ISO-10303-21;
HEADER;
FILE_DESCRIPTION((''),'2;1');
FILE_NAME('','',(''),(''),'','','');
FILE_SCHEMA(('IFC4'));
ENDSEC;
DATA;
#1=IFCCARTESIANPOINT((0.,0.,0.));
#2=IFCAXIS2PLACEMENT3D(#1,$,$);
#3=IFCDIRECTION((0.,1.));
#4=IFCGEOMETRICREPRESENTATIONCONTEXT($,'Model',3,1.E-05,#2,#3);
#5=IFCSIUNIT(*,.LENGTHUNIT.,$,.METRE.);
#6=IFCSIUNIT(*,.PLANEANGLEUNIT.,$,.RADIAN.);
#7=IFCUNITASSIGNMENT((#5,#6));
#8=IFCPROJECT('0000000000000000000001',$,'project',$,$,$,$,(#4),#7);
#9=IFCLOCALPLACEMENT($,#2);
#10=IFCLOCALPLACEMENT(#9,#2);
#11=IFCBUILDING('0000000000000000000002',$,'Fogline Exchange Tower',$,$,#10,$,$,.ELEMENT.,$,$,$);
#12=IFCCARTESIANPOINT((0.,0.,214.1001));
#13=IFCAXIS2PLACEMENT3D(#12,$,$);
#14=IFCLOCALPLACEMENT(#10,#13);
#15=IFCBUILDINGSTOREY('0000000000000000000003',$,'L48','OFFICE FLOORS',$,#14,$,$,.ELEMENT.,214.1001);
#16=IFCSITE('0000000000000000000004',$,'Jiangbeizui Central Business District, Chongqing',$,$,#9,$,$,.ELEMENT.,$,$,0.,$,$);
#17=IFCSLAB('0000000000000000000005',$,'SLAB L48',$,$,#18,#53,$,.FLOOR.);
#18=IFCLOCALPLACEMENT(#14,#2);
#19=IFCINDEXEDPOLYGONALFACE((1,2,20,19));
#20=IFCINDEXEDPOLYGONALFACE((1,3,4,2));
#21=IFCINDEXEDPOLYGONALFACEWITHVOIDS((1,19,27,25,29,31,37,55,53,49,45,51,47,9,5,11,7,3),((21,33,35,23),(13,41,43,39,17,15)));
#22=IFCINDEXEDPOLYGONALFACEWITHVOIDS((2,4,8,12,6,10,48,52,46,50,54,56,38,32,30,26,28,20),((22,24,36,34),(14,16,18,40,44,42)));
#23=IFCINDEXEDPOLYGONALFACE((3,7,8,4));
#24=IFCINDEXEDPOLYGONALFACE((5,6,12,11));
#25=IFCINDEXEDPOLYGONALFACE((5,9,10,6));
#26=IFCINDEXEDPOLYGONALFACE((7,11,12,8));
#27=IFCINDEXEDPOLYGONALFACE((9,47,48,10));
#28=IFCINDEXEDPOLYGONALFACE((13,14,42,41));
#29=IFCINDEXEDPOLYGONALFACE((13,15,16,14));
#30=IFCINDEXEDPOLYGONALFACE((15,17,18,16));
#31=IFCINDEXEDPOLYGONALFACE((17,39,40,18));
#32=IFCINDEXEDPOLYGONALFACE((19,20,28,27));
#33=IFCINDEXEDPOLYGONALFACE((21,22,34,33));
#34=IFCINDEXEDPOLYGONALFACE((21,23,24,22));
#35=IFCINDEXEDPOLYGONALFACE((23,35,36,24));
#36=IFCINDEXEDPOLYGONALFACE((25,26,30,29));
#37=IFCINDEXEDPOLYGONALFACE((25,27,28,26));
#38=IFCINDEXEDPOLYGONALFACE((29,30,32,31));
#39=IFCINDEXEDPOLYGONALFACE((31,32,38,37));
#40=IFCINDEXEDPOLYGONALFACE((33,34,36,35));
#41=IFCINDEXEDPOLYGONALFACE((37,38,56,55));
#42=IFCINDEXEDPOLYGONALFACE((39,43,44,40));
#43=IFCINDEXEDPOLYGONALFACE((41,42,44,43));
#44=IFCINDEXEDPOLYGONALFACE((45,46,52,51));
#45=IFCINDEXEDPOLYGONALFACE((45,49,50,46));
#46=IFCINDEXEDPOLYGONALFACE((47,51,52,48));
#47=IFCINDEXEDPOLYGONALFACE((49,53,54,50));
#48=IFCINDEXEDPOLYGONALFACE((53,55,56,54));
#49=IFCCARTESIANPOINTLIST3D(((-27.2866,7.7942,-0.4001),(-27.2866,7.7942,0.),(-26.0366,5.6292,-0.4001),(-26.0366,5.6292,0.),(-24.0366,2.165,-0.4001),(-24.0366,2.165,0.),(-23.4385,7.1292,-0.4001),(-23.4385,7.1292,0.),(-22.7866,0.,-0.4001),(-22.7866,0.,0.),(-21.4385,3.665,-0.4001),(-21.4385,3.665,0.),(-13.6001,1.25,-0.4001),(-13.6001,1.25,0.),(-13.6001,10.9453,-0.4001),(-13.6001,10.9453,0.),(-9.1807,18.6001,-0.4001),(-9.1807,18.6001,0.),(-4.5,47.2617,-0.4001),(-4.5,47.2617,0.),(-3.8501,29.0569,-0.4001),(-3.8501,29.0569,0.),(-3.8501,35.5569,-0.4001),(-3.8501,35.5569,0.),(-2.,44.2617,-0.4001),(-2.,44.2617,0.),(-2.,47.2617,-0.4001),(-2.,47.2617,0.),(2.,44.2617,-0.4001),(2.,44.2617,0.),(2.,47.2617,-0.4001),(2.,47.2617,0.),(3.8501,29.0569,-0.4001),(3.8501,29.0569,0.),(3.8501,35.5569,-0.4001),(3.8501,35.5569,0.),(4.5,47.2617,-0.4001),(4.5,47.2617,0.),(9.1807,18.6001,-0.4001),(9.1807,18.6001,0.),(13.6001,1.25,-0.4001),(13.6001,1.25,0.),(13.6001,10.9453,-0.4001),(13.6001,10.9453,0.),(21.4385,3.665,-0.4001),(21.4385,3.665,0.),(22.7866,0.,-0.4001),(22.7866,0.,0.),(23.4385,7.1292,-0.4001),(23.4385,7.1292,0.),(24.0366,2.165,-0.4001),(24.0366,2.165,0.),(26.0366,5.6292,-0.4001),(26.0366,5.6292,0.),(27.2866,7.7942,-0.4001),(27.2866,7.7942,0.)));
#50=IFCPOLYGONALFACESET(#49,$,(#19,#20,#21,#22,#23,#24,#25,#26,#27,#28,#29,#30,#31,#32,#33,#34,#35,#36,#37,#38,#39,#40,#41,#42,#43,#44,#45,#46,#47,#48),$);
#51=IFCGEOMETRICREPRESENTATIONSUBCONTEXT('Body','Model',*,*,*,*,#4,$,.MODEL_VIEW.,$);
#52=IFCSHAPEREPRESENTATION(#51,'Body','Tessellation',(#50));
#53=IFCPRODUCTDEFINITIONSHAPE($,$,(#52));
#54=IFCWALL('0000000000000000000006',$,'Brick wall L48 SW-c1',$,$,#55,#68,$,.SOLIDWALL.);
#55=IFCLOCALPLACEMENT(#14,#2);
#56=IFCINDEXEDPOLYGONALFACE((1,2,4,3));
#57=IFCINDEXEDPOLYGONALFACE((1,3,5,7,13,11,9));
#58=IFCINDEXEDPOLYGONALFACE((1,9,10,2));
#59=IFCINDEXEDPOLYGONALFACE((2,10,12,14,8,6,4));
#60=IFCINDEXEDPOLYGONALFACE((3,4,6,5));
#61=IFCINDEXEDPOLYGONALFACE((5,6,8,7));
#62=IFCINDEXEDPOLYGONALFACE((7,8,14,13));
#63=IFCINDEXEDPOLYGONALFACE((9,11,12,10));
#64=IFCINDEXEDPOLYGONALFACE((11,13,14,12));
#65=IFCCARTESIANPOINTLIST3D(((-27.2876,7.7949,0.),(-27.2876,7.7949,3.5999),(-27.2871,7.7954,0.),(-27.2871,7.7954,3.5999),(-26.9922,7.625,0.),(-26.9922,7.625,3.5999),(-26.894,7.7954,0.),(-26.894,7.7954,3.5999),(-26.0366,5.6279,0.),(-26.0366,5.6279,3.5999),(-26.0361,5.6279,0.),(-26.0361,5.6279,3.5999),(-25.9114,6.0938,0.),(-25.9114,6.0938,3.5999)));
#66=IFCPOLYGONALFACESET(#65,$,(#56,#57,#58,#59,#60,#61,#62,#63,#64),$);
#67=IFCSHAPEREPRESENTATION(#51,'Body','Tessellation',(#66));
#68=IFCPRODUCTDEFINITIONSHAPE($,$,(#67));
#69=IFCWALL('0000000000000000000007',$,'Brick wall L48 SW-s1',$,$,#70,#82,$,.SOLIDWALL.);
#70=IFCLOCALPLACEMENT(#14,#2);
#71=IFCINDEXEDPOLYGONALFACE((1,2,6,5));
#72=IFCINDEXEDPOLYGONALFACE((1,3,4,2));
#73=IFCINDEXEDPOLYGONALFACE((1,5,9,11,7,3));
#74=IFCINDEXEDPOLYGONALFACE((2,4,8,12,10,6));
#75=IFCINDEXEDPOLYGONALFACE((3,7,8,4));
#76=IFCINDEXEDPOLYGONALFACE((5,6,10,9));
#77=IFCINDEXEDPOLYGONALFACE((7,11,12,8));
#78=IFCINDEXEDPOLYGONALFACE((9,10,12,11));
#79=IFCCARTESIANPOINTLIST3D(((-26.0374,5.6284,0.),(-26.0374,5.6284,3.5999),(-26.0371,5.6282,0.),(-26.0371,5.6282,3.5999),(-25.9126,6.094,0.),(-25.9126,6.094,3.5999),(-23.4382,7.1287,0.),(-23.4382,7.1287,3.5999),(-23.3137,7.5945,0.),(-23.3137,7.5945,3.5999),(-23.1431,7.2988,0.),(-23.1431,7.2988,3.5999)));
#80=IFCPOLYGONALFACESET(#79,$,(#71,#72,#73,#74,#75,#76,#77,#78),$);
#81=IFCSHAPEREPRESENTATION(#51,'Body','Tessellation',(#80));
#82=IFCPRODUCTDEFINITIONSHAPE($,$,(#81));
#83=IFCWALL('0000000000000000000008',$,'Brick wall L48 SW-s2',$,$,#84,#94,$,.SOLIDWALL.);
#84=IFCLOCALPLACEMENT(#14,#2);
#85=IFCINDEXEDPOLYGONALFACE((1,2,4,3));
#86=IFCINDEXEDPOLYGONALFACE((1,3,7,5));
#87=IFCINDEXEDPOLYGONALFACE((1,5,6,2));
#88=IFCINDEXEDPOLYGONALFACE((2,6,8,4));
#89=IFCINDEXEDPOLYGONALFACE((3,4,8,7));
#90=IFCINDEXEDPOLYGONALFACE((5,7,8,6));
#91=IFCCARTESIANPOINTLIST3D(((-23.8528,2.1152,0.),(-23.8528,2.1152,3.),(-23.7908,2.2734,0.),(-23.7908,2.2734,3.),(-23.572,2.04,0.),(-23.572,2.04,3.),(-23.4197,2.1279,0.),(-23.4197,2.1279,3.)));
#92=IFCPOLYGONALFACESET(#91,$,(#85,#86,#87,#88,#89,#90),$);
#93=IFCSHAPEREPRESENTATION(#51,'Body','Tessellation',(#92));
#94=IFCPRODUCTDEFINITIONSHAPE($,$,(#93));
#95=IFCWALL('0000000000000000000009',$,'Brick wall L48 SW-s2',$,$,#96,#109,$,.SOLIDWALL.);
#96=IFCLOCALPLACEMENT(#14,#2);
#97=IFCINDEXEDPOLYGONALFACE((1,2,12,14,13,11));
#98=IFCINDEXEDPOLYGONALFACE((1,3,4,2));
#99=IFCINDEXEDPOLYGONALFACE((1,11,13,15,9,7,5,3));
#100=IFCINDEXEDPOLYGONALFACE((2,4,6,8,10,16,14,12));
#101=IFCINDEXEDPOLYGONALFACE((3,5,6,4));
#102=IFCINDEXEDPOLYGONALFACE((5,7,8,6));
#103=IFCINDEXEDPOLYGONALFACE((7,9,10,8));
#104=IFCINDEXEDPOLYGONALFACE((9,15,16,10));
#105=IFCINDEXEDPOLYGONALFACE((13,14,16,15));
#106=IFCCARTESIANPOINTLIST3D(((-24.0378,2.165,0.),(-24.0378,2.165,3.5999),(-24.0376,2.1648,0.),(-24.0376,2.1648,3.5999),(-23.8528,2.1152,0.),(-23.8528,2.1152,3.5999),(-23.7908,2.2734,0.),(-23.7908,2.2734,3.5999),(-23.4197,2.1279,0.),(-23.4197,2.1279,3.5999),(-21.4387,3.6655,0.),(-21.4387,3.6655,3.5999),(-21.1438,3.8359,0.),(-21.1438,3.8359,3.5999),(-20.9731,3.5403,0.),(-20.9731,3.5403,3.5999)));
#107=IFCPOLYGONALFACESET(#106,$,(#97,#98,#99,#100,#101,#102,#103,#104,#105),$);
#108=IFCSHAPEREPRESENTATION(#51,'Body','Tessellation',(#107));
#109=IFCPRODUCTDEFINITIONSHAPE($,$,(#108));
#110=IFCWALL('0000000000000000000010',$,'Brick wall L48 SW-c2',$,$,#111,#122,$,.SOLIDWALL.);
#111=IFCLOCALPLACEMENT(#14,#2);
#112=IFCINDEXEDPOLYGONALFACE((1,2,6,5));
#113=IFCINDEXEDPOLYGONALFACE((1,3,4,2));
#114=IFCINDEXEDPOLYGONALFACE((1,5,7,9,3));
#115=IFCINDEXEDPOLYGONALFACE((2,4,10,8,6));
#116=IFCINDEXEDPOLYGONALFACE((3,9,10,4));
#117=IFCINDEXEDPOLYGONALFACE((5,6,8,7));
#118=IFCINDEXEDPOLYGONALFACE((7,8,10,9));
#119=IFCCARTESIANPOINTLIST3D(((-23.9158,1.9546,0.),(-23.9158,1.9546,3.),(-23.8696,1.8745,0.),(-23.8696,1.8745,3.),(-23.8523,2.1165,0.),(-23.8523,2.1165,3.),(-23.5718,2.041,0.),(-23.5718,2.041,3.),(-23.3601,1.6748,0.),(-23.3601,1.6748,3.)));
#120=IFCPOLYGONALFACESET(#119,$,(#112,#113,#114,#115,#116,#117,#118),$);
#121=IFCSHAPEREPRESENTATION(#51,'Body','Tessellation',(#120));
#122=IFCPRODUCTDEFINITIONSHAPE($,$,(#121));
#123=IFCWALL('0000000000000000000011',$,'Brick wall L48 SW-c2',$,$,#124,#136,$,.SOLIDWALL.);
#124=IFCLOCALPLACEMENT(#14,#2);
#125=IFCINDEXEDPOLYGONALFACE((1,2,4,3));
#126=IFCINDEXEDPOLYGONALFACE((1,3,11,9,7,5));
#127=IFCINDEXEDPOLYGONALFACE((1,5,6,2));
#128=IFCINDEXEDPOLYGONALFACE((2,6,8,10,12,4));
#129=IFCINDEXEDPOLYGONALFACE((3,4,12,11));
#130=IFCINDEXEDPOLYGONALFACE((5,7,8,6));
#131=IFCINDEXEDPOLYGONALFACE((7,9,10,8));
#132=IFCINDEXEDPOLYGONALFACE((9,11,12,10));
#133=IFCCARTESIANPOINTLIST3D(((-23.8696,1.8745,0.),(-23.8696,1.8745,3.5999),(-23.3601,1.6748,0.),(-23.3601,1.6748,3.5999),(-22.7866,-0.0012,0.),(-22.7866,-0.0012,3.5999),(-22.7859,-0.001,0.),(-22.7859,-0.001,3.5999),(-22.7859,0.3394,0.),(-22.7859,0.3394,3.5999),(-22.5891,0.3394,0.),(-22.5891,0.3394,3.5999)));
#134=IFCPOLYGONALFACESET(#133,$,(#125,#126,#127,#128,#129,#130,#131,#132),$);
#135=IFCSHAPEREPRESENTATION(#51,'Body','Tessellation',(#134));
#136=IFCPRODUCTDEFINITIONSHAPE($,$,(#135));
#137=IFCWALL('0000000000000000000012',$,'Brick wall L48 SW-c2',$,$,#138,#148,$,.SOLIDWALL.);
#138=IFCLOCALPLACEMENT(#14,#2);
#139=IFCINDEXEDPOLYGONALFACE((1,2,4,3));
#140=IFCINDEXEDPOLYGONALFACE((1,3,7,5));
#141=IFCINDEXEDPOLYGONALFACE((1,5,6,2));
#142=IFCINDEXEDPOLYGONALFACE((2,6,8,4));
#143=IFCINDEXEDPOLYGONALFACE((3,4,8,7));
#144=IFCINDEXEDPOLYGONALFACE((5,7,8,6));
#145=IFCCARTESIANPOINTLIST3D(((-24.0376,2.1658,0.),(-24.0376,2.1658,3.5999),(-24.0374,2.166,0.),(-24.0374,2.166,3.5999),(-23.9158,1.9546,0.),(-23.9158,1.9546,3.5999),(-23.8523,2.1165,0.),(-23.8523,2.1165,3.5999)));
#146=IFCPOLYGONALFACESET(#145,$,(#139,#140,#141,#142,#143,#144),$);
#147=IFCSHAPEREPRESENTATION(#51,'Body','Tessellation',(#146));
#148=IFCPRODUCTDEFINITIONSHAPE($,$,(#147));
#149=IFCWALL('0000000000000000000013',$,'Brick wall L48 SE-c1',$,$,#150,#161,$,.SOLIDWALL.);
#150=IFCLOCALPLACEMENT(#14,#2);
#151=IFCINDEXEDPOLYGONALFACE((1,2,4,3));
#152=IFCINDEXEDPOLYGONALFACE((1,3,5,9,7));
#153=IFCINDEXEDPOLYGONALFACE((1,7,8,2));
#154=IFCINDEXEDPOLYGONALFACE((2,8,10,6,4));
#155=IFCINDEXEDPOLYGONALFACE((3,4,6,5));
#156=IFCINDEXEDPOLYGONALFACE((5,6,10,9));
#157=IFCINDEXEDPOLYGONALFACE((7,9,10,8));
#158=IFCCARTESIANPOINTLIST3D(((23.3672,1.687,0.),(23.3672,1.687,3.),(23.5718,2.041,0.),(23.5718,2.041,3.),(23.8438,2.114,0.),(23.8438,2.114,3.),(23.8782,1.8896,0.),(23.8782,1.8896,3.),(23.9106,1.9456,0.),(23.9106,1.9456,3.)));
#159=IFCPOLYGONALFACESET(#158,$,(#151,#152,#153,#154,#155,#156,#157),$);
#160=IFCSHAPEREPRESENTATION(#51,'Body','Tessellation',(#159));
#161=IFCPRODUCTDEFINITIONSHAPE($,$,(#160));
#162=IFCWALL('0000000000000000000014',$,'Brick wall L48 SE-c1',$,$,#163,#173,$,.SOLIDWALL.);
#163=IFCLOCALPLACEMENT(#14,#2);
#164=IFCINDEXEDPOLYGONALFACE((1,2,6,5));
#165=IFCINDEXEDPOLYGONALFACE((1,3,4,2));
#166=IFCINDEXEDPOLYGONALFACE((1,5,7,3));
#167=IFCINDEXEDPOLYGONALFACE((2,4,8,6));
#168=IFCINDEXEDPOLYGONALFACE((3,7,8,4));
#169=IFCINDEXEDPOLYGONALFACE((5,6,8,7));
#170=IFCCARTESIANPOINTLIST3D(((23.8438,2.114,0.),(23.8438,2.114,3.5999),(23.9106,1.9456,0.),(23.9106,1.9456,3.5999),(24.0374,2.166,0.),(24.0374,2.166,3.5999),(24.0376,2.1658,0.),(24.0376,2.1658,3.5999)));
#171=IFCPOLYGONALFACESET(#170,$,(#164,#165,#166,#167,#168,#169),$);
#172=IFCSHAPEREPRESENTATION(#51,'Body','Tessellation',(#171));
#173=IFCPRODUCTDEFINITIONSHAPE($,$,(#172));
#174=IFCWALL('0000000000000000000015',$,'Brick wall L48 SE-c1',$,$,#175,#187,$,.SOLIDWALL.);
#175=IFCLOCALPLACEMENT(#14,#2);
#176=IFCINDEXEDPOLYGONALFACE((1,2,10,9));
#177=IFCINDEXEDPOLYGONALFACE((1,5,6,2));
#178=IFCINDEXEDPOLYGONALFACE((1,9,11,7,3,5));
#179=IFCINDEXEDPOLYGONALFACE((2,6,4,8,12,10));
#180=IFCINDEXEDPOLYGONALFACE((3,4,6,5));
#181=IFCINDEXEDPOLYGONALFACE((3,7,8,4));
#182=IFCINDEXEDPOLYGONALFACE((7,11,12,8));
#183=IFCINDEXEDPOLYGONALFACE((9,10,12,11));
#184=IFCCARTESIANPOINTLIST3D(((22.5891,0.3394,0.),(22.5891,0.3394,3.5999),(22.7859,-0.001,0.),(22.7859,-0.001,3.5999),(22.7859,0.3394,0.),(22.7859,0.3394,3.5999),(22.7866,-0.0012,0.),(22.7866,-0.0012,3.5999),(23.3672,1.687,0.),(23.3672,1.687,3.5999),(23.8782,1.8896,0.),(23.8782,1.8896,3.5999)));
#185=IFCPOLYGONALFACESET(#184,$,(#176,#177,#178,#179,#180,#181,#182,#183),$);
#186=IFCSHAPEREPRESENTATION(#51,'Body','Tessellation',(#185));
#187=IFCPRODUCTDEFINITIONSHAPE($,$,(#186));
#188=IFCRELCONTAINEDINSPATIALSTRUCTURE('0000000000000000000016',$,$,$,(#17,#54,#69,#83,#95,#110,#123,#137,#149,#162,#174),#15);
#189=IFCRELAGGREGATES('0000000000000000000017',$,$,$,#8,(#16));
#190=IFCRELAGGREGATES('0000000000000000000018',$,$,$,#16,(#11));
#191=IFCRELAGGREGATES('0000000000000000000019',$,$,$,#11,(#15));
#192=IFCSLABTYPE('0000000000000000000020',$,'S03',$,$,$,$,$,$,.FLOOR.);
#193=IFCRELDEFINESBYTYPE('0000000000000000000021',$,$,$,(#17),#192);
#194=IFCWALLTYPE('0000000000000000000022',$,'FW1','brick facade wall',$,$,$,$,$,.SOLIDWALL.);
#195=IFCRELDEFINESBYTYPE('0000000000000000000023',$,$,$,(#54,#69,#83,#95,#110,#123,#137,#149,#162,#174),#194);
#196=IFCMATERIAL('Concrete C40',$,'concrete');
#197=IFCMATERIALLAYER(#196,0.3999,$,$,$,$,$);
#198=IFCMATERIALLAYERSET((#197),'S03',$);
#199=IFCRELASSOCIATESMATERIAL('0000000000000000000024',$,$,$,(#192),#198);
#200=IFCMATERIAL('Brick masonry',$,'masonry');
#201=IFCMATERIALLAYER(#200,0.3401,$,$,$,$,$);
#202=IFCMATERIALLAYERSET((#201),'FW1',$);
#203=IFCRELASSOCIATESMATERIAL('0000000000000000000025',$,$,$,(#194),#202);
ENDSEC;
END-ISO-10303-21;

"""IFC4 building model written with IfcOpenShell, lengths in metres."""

from ifc_helpers import new_model, si_unit, direction, frame, origin, place, context, subcontext, project, spatial, polyline, outline, extrude, material, layer, layer_set, type_object, element, save


model = new_model("IFC4")

# Units and contexts
model_context = context("Model", 3, precision=1e-05, world=origin(), true_north=direction((0.0, 1.0)))
body_context = subcontext(model_context, "Body", "Model", "MODEL_VIEW")
ifc_project = project(units=[si_unit("LENGTHUNIT", "METRE"), si_unit("PLANEANGLEUNIT", "RADIAN")], contexts=[model_context])

# Site, building, storey
site_placement = place(None, origin())
site = spatial("IfcSite", under=ifc_project, at=site_placement, Name="Jiangbeizui Central Business District, Chongqing", CompositionType="ELEMENT", RefElevation=0.0)
building_placement = place(site_placement, origin())
building = spatial("IfcBuilding", under=site, at=building_placement, Name="Fogline Exchange Tower", CompositionType="ELEMENT")
storey_placement = place(building_placement, frame((0.0, 0.0, 214.1001)))
storey = spatial("IfcBuildingStorey", under=building, at=storey_placement, Name="L48", Description="OFFICE FLOORS", CompositionType="ELEMENT", Elevation=214.1001)

# Slab
ifc_material_1 = material(Name="Concrete C40", Category="concrete")
ifc_layer_1 = layer(ifc_material_1, 0.3999)
ifc_layer_set_1 = layer_set([ifc_layer_1], Name="S03")
slab_type = type_object("IfcSlabType", Name="S03", PredefinedType="FLOOR", material=ifc_layer_set_1)
slab_placement = place(storey_placement, frame((0.0, 0.0, -0.4001)))
element("IfcSlab", 1, at=slab_placement, inside=storey, type_object=slab_type, Name="SLAB L48", PredefinedType="FLOOR", context=body_context, shape_type="SweptSolid", body=[
    extrude(outline(polyline([(-2.0, 47.2617), (-4.5, 47.2617), (-27.2866, 7.7942), (-26.0366, 5.6292), (-23.4385, 7.1292), (-21.4385, 3.665), (-24.0366, 2.165), (-22.7866, 0.0), (22.7866, 0.0), (24.0366, 2.165), (21.4385, 3.665), (23.4385, 7.1292), (26.0366, 5.6292), (27.2866, 7.7942), (4.5, 47.2617), (2.0, 47.2617), (2.0, 44.2617), (-2.0, 44.2617), (-2.0, 47.2617)]), holes=[polyline([(13.6001, 10.9453), (13.6001, 1.25), (-13.6001, 1.25), (-13.6001, 10.9453), (-9.1807, 18.6001), (9.1807, 18.6001), (13.6001, 10.9453)]), polyline([(3.8501, 35.5569), (3.8501, 29.0569), (-3.8501, 29.0569), (-3.8501, 35.5569), (3.8501, 35.5569)])]), origin(), (0.0, 0.0, 1.0), 0.4001),
])

# Walls
ifc_material_2 = material(Name="Brick masonry", Category="masonry")
ifc_layer_2 = layer(ifc_material_2, 0.3401)
ifc_layer_set_2 = layer_set([ifc_layer_2], Name="FW1")
wall_type = type_object("IfcWallType", Name="FW1", Description="brick facade wall", PredefinedType="SOLIDWALL", material=ifc_layer_set_2)
wall_1_placement = place(storey_placement, origin())
element("IfcWall", 2, at=wall_1_placement, inside=storey, type_object=wall_type, Name="Brick wall L48 SW-c1", PredefinedType="SOLIDWALL", context=body_context, shape_type="SweptSolid", body=[
    extrude(outline(polyline([(-26.0366, 5.6279), (-27.2876, 7.7949), (-27.2871, 7.7954), (-26.9922, 7.625), (-26.894, 7.7954), (-25.9114, 6.0938), (-26.0361, 5.6279), (-26.0366, 5.6279)])), origin(), (0.0, 0.0, 1.0), 3.5999),
])
wall_2_placement = place(storey_placement, origin())
element("IfcWall", 3, at=wall_2_placement, inside=storey, type_object=wall_type, Name="Brick wall L48 SW-s1", PredefinedType="SOLIDWALL", context=body_context, shape_type="SweptSolid", body=[
    extrude(outline(polyline([(-23.3137, 7.5945), (-23.1431, 7.2988), (-23.4382, 7.1287), (-26.0371, 5.6282), (-26.0374, 5.6284), (-25.9126, 6.094), (-23.3137, 7.5945)])), origin(), (0.0, 0.0, 1.0), 3.5999),
])
wall_3_placement = place(storey_placement, origin())
element("IfcWall", 4, at=wall_3_placement, inside=storey, type_object=wall_type, Name="Brick wall L48 SW-s2", PredefinedType="SOLIDWALL", context=body_context, shape_type="SweptSolid", body=[
    extrude(outline(polyline([(-23.572, 2.04), (-23.8528, 2.1152), (-23.7908, 2.2734), (-23.4197, 2.1279), (-23.572, 2.04)])), origin(), (0.0, 0.0, 1.0), 3.0),
])
wall_4_placement = place(storey_placement, origin())
element("IfcWall", 5, at=wall_4_placement, inside=storey, type_object=wall_type, Name="Brick wall L48 SW-s2", PredefinedType="SOLIDWALL", context=body_context, shape_type="SweptSolid", body=[
    extrude(outline(polyline([(-21.4387, 3.6655), (-21.1438, 3.8359), (-20.9731, 3.5403), (-23.4197, 2.1279), (-23.7908, 2.2734), (-23.8528, 2.1152), (-24.0376, 2.1648), (-24.0378, 2.165), (-21.4387, 3.6655)])), origin(), (0.0, 0.0, 1.0), 3.5999),
])
wall_5_placement = place(storey_placement, origin())
element("IfcWall", 6, at=wall_5_placement, inside=storey, type_object=wall_type, Name="Brick wall L48 SW-c2", PredefinedType="SOLIDWALL", context=body_context, shape_type="SweptSolid", body=[
    extrude(outline(polyline([(-23.9158, 1.9546), (-23.8523, 2.1165), (-23.5718, 2.041), (-23.3601, 1.6748), (-23.8696, 1.8745), (-23.9158, 1.9546)])), origin(), (0.0, 0.0, 1.0), 3.0),
])
wall_6_placement = place(storey_placement, origin())
element("IfcWall", 7, at=wall_6_placement, inside=storey, type_object=wall_type, Name="Brick wall L48 SW-c2", PredefinedType="SOLIDWALL", context=body_context, shape_type="SweptSolid", body=[
    extrude(outline(polyline([(-22.7859, 0.3394), (-22.7859, -0.001), (-22.7866, -0.0012), (-23.8696, 1.8745), (-23.3601, 1.6748), (-22.5891, 0.3394), (-22.7859, 0.3394)])), origin(), (0.0, 0.0, 1.0), 3.5999),
])
wall_7_placement = place(storey_placement, origin())
element("IfcWall", 8, at=wall_7_placement, inside=storey, type_object=wall_type, Name="Brick wall L48 SW-c2", PredefinedType="SOLIDWALL", context=body_context, shape_type="SweptSolid", body=[
    extrude(outline(polyline([(-24.0376, 2.1658), (-24.0374, 2.166), (-23.8523, 2.1165), (-23.9158, 1.9546), (-24.0376, 2.1658)])), origin(), (0.0, 0.0, 1.0), 3.5999),
])
wall_8_placement = place(storey_placement, origin())
element("IfcWall", 9, at=wall_8_placement, inside=storey, type_object=wall_type, Name="Brick wall L48 SE-c1", PredefinedType="SOLIDWALL", context=body_context, shape_type="SweptSolid", body=[
    extrude(outline(polyline([(23.8782, 1.8896), (23.3672, 1.687), (23.5718, 2.041), (23.8438, 2.114), (23.9106, 1.9456), (23.8782, 1.8896)])), origin(), (0.0, 0.0, 1.0), 3.0),
])
wall_9_placement = place(storey_placement, origin())
element("IfcWall", 10, at=wall_9_placement, inside=storey, type_object=wall_type, Name="Brick wall L48 SE-c1", PredefinedType="SOLIDWALL", context=body_context, shape_type="SweptSolid", body=[
    extrude(outline(polyline([(23.9106, 1.9456), (23.8438, 2.114), (24.0374, 2.166), (24.0376, 2.1658), (23.9106, 1.9456)])), origin(), (0.0, 0.0, 1.0), 3.5999),
])
wall_10_placement = place(storey_placement, origin())
element("IfcWall", 11, at=wall_10_placement, inside=storey, type_object=wall_type, Name="Brick wall L48 SE-c1", PredefinedType="SOLIDWALL", context=body_context, shape_type="SweptSolid", body=[
    extrude(outline(polyline([(22.7866, -0.0012), (22.7859, -0.001), (22.7859, 0.3394), (22.5891, 0.3394), (23.3672, 1.687), (23.8782, 1.8896), (22.7866, -0.0012)])), origin(), (0.0, 0.0, 1.0), 3.5999),
])

save(model, "model.ifc")
